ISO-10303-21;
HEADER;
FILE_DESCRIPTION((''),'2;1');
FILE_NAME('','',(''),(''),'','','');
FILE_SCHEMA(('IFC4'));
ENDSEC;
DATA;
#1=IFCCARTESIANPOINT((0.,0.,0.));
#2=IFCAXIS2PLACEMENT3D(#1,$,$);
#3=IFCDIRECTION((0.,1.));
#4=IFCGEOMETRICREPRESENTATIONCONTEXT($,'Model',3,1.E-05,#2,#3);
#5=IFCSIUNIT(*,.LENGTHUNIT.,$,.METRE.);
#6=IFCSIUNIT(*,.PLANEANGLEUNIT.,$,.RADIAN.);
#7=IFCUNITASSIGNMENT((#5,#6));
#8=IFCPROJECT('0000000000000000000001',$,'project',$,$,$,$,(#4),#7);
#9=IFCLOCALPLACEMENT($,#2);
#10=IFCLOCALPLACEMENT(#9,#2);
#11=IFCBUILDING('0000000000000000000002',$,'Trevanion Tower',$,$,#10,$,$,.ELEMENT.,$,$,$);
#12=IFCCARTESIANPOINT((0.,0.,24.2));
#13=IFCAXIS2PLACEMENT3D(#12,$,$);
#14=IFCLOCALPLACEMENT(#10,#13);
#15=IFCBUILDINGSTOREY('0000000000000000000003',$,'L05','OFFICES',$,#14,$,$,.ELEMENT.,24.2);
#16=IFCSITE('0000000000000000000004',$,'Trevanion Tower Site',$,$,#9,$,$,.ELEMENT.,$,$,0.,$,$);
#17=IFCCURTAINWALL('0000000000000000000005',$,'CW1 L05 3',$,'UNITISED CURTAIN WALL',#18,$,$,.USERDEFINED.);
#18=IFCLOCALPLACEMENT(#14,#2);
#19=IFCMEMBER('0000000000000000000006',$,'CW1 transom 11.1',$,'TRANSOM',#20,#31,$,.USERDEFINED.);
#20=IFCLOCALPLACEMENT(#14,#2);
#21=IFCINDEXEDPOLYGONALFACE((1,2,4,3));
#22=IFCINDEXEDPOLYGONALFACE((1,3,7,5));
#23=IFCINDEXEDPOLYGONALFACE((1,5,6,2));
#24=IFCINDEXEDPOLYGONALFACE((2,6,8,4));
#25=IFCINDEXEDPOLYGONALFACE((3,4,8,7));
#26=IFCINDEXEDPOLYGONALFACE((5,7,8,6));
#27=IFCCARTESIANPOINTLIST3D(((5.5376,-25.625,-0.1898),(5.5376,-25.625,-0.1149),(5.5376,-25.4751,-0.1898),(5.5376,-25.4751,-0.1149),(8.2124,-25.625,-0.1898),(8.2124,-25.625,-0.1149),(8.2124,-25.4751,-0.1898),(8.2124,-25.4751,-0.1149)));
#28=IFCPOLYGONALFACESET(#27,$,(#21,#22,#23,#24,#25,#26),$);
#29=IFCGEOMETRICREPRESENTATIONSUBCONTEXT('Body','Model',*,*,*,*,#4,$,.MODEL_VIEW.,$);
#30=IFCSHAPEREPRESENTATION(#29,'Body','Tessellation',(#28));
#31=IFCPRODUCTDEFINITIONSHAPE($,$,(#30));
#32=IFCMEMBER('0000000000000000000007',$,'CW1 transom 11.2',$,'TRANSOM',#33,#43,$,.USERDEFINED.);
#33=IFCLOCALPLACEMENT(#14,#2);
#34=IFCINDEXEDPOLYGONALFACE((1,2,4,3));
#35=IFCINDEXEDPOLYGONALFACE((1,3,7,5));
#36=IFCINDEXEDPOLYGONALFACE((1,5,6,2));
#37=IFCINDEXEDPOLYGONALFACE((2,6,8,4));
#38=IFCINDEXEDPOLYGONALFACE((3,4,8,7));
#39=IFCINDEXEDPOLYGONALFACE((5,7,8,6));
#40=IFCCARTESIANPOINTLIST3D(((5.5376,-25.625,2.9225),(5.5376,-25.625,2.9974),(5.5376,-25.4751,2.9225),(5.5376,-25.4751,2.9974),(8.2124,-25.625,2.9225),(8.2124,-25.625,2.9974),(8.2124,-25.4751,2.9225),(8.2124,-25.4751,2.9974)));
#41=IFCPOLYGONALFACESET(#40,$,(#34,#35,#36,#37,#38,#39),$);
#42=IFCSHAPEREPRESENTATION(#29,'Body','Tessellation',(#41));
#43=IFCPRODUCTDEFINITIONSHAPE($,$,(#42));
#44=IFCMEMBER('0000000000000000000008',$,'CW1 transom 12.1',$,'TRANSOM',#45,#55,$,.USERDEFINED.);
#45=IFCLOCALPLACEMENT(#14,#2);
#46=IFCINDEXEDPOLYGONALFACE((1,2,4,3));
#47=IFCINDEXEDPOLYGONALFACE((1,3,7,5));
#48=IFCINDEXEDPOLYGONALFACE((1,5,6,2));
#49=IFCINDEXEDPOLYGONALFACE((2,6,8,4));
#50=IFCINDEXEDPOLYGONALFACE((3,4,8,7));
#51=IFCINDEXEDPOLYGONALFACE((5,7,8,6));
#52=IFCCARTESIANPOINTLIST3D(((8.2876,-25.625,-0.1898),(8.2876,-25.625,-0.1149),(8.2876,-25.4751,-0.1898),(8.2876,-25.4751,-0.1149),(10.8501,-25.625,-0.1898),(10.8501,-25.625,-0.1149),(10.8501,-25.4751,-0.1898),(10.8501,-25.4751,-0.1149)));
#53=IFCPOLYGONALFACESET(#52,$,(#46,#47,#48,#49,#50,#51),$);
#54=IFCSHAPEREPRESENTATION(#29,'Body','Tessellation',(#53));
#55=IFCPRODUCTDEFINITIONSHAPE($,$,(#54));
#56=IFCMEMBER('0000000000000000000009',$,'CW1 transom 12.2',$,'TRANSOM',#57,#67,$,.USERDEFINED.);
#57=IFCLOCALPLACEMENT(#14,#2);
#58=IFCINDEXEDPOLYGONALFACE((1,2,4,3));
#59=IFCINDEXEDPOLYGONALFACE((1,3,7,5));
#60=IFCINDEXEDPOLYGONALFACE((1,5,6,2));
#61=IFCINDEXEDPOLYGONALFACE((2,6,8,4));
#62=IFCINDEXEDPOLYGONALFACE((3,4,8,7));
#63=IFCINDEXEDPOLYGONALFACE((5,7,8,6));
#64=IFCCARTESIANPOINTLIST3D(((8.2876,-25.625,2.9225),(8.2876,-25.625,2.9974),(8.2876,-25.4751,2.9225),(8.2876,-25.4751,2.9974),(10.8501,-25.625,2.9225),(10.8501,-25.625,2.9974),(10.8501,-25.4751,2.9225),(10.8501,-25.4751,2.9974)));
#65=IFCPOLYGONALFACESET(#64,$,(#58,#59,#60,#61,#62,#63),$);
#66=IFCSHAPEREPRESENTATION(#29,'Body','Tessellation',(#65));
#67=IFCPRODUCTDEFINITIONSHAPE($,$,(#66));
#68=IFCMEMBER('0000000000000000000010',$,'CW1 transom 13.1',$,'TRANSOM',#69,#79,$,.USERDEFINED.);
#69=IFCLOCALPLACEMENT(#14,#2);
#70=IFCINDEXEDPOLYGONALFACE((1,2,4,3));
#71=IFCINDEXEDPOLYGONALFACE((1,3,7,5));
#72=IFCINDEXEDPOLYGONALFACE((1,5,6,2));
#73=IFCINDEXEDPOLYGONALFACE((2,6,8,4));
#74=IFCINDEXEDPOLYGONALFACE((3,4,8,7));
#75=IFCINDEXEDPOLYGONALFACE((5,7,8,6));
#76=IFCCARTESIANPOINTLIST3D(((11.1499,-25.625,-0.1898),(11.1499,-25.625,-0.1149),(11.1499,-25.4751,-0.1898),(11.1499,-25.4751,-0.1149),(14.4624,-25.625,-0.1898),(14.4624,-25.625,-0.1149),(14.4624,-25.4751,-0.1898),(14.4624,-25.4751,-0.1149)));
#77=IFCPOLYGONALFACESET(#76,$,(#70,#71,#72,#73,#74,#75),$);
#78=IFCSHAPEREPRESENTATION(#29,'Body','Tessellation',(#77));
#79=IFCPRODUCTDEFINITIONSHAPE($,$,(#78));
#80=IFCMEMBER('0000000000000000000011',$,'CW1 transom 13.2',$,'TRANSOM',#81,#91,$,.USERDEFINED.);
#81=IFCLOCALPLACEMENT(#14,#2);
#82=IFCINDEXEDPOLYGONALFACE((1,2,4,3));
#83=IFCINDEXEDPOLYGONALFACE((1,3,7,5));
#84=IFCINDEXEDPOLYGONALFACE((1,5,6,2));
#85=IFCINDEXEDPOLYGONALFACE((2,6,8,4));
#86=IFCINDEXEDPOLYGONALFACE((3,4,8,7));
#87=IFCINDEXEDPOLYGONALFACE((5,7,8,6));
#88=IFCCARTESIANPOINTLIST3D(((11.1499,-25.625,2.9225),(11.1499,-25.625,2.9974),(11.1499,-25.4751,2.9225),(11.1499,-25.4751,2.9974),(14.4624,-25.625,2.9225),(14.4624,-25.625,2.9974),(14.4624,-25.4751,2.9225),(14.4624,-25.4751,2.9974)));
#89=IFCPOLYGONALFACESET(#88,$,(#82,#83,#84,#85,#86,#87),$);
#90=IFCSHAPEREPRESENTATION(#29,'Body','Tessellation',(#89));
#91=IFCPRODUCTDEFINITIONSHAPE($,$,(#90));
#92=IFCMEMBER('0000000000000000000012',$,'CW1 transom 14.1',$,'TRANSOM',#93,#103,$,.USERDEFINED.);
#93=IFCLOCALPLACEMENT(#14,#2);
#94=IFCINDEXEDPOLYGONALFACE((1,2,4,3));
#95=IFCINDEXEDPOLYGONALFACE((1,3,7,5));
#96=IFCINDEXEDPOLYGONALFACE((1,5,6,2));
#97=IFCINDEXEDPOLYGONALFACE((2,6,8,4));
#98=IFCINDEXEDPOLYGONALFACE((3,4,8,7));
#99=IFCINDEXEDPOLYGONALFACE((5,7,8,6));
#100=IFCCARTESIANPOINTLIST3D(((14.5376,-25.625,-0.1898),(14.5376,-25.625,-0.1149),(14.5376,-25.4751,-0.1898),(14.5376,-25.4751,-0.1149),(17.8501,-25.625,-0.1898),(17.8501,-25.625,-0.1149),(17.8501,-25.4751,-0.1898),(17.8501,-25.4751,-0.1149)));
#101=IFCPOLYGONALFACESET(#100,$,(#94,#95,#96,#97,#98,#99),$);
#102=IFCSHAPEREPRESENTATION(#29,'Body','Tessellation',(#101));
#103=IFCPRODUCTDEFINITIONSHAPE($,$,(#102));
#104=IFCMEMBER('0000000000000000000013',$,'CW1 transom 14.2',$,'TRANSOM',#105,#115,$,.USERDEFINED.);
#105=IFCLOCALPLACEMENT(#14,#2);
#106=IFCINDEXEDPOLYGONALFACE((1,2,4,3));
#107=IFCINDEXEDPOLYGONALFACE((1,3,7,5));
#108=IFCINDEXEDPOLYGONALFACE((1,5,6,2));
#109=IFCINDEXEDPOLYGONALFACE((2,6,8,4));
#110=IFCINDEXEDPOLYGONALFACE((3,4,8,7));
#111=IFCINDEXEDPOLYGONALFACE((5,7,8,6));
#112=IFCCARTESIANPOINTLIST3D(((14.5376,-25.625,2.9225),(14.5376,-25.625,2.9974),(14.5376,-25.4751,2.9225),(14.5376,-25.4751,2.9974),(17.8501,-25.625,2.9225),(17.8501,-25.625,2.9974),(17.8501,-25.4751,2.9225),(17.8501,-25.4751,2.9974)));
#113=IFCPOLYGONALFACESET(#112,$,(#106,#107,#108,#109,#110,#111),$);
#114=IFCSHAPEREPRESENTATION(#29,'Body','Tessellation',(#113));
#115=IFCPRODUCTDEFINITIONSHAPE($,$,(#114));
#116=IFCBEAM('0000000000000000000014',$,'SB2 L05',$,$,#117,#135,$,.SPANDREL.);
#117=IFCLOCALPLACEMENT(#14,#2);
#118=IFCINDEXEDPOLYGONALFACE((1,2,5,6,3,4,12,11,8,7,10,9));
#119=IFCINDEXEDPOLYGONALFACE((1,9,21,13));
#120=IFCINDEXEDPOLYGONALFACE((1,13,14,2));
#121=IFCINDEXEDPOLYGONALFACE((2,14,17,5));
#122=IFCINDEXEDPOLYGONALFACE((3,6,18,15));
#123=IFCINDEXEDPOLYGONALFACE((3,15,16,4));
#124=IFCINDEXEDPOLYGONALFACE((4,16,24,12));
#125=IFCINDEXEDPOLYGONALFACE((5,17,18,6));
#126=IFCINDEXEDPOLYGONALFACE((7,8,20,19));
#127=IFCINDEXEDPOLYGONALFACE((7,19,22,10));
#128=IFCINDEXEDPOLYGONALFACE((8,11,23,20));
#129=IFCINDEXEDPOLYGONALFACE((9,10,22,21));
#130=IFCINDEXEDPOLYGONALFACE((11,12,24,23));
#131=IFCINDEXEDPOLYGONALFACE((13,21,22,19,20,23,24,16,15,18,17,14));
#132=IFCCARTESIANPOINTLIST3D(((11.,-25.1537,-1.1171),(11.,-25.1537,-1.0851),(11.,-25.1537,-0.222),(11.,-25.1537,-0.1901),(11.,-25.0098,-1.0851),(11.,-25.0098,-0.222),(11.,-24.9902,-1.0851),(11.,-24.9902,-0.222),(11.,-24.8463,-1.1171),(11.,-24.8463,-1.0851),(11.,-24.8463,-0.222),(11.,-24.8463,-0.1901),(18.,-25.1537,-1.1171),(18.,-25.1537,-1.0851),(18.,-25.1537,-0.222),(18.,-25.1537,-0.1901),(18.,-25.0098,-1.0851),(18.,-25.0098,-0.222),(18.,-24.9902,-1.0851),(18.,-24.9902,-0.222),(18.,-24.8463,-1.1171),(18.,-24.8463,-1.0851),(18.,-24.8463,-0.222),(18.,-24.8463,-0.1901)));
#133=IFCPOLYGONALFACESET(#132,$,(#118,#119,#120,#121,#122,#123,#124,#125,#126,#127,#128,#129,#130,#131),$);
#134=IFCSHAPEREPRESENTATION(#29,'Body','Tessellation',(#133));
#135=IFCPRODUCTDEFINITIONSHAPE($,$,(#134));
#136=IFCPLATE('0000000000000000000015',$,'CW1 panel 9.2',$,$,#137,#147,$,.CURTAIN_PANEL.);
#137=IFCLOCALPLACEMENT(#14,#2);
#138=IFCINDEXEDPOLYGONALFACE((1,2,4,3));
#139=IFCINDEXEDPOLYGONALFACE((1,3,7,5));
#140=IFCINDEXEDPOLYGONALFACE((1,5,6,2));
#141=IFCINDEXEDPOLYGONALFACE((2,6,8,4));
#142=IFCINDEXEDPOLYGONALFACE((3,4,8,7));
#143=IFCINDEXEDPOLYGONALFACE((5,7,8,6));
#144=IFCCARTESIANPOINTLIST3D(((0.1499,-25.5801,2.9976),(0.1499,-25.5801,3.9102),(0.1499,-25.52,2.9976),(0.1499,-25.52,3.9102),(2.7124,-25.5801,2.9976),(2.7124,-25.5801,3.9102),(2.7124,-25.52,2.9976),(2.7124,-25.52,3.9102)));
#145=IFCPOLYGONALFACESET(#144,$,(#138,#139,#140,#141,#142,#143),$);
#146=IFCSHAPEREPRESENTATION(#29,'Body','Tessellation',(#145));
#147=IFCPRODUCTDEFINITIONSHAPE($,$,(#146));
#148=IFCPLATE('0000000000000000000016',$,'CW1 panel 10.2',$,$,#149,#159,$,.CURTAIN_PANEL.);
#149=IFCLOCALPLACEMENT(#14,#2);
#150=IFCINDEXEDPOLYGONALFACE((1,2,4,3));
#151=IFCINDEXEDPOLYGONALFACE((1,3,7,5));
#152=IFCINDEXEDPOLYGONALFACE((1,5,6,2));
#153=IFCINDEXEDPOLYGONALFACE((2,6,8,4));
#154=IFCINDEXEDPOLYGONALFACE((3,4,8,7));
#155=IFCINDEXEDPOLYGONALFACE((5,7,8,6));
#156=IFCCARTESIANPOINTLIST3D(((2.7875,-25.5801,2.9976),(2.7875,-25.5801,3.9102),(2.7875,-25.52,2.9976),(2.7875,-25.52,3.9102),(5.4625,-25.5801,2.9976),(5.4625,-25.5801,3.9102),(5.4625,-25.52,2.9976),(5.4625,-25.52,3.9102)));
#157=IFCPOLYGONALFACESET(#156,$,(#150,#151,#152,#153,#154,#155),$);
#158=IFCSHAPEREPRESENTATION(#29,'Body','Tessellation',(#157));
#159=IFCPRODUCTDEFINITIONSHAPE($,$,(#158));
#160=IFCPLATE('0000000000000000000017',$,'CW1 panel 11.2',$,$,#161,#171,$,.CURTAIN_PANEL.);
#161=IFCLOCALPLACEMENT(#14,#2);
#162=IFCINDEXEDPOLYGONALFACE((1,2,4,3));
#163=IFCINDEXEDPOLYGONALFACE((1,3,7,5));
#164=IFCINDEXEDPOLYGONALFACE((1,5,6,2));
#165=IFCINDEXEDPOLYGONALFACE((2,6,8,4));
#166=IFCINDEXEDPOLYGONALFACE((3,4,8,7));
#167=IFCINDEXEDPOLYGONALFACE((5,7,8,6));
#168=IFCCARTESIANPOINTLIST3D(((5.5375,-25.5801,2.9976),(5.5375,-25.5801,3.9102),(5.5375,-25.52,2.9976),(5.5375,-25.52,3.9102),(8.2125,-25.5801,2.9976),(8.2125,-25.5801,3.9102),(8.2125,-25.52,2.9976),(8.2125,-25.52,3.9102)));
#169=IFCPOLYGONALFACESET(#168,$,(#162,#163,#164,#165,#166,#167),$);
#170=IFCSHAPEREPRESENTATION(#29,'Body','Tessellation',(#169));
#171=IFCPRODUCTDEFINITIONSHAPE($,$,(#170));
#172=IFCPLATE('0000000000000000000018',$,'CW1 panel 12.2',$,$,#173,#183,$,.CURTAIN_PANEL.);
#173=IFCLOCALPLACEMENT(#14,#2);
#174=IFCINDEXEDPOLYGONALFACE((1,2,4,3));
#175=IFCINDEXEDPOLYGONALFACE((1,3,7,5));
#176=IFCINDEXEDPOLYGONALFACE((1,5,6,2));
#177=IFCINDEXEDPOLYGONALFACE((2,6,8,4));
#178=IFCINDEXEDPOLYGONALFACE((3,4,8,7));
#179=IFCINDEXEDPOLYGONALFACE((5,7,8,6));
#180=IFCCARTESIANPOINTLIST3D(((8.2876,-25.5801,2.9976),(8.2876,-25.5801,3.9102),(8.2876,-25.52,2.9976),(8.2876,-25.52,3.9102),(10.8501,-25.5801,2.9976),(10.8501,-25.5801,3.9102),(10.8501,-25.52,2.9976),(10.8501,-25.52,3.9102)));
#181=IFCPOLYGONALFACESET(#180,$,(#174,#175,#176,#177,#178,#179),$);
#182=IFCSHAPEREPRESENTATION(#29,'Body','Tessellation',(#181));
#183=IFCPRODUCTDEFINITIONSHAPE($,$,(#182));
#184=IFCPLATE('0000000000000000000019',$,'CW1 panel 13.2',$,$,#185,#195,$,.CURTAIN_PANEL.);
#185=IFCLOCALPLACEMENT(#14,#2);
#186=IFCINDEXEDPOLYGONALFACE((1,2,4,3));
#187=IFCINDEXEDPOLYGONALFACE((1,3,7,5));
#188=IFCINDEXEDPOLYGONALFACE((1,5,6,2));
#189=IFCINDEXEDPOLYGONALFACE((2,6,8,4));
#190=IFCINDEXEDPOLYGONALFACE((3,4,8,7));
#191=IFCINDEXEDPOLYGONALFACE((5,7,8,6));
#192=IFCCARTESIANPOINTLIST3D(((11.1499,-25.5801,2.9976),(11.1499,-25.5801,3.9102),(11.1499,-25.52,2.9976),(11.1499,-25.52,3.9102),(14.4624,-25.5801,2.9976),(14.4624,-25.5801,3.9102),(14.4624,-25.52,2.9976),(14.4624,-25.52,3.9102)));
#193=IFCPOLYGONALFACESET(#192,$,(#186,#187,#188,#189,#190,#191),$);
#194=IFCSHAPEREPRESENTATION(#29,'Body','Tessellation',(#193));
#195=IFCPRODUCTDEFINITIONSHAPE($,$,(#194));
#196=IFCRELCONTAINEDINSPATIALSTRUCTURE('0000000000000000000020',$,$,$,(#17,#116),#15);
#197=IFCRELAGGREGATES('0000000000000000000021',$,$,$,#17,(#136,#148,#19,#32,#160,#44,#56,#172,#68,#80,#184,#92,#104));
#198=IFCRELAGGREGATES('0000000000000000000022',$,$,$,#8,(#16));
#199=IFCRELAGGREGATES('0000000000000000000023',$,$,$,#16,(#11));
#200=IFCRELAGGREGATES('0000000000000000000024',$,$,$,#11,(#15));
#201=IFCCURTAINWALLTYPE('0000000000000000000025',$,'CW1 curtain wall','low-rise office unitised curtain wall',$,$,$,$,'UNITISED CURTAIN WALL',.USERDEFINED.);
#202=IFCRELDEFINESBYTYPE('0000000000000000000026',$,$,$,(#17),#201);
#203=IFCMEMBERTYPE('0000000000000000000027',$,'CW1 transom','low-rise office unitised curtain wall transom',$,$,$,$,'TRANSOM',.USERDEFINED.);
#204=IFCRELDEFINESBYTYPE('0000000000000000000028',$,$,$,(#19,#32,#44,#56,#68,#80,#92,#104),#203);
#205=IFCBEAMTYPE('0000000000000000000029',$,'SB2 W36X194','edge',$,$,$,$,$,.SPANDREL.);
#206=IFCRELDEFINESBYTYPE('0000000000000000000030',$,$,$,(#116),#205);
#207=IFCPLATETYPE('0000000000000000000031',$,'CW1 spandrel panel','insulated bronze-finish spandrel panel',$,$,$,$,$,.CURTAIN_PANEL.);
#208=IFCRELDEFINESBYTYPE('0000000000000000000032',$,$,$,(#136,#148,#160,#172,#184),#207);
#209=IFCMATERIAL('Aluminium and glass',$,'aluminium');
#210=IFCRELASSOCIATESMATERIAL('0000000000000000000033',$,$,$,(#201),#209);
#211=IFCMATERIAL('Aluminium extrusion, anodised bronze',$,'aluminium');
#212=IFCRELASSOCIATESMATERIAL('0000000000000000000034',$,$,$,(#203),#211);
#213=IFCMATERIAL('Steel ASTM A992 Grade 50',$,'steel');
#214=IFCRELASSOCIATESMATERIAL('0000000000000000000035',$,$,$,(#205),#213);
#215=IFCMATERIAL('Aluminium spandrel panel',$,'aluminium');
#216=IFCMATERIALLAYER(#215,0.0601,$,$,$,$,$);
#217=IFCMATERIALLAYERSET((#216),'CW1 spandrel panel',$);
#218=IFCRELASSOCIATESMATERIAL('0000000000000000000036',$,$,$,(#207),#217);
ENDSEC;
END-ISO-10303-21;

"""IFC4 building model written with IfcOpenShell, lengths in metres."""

from ifc_helpers import new_model, si_unit, direction, frame, origin, origin_2d, place, context, subcontext, project, spatial, rectangle, i_section, extrude, material, layer, layer_set, material_profile, profile_set, type_object, element, aggregate, save


model = new_model("IFC4")

# Units and contexts
model_context = context("Model", 3, precision=1e-05, world=origin(), true_north=direction((0.0, 1.0)))
body_context = subcontext(model_context, "Body", "Model", "MODEL_VIEW")
ifc_project = project(units=[si_unit("LENGTHUNIT", "METRE"), si_unit("PLANEANGLEUNIT", "RADIAN")], contexts=[model_context])

# Site, building, storey
site_placement = place(None, origin())
site = spatial("IfcSite", under=ifc_project, at=site_placement, Name="Trevanion Tower Site", CompositionType="ELEMENT", RefElevation=0.0)
building_placement = place(site_placement, origin())
building = spatial("IfcBuilding", under=site, at=building_placement, Name="Trevanion Tower", CompositionType="ELEMENT")
storey_placement = place(building_placement, frame((0.0, 0.0, 24.2)))
storey = spatial("IfcBuildingStorey", under=building, at=storey_placement, Name="L05", Description="OFFICES", CompositionType="ELEMENT", Elevation=24.2)

# Curtain wall, members
ifc_material_1 = material(Name="Aluminium and glass", Category="aluminium")
curtain_wall_type = type_object("IfcCurtainWallType", Name="CW1 curtain wall", Description="low-rise office unitised curtain wall", ElementType="UNITISED CURTAIN WALL", PredefinedType="USERDEFINED", material=ifc_material_1)
curtain_wall_placement = place(storey_placement, origin())
curtain_wall = element("IfcCurtainWall", 1, at=curtain_wall_placement, inside=storey, type_object=curtain_wall_type, Name="CW1 L05 3", ObjectType="UNITISED CURTAIN WALL", PredefinedType="USERDEFINED")
ifc_material_2 = material(Name="Aluminium extrusion, anodised bronze", Category="aluminium")
ifc_material_profile_1 = material_profile(ifc_material_2, rectangle(XDim=0.1499, YDim=0.075, at=origin_2d()), Name="CW1 transom")
ifc_profile_set_1 = profile_set([ifc_material_profile_1], Name="Aluminium extrusion, anodised bronze")
member_type_1 = type_object("IfcMemberType", Name="CW1 transom", Description="low-rise office unitised curtain wall transom", ElementType="TRANSOM", PredefinedType="USERDEFINED", material=ifc_profile_set_1)
member_1_placement = place(storey_placement, frame((5.5376, -25.55, -0.1523), z_axis=(1.0, 0.0, 0.0), x_axis=(0.0, 1.0, 0.0)))
member_1 = element("IfcMember", 2, at=member_1_placement, type_object=member_type_1, Name="CW1 transom 11.1", ObjectType="TRANSOM", PredefinedType="USERDEFINED", context=body_context, shape_type="SweptSolid", body=[
    extrude(rectangle(XDim=0.1499, YDim=0.075, at=origin_2d()), origin(), (0.0, 0.0, 1.0), 2.6748),
])
member_2_placement = place(storey_placement, frame((5.5376, -25.55, 2.96), z_axis=(1.0, 0.0, 0.0), x_axis=(0.0, 1.0, 0.0)))
member_2 = element("IfcMember", 3, at=member_2_placement, type_object=member_type_1, Name="CW1 transom 11.2", ObjectType="TRANSOM", PredefinedType="USERDEFINED", context=body_context, shape_type="SweptSolid", body=[
    extrude(rectangle(XDim=0.1499, YDim=0.075, at=origin_2d()), origin(), (0.0, 0.0, 1.0), 2.6748),
])
member_3_placement = place(storey_placement, frame((8.2876, -25.55, -0.1523), z_axis=(1.0, 0.0, 0.0), x_axis=(0.0, 1.0, 0.0)))
member_3 = element("IfcMember", 4, at=member_3_placement, type_object=member_type_1, Name="CW1 transom 12.1", ObjectType="TRANSOM", PredefinedType="USERDEFINED", context=body_context, shape_type="SweptSolid", body=[
    extrude(rectangle(XDim=0.1499, YDim=0.075, at=origin_2d()), origin(), (0.0, 0.0, 1.0), 2.5625),
])
member_4_placement = place(storey_placement, frame((8.2876, -25.55, 2.96), z_axis=(1.0, 0.0, 0.0), x_axis=(0.0, 1.0, 0.0)))
member_4 = element("IfcMember", 5, at=member_4_placement, type_object=member_type_1, Name="CW1 transom 12.2", ObjectType="TRANSOM", PredefinedType="USERDEFINED", context=body_context, shape_type="SweptSolid", body=[
    extrude(rectangle(XDim=0.1499, YDim=0.075, at=origin_2d()), origin(), (0.0, 0.0, 1.0), 2.5625),
])
member_5_placement = place(storey_placement, frame((11.1499, -25.55, -0.1523), z_axis=(1.0, 0.0, 0.0), x_axis=(0.0, 1.0, 0.0)))
member_5 = element("IfcMember", 6, at=member_5_placement, type_object=member_type_1, Name="CW1 transom 13.1", ObjectType="TRANSOM", PredefinedType="USERDEFINED", context=body_context, shape_type="SweptSolid", body=[
    extrude(rectangle(XDim=0.1499, YDim=0.075, at=origin_2d()), origin(), (0.0, 0.0, 1.0), 3.3125),
])
member_6_placement = place(storey_placement, frame((11.1499, -25.55, 2.96), z_axis=(1.0, 0.0, 0.0), x_axis=(0.0, 1.0, 0.0)))
member_6 = element("IfcMember", 7, at=member_6_placement, type_object=member_type_1, Name="CW1 transom 13.2", ObjectType="TRANSOM", PredefinedType="USERDEFINED", context=body_context, shape_type="SweptSolid", body=[
    extrude(rectangle(XDim=0.1499, YDim=0.075, at=origin_2d()), origin(), (0.0, 0.0, 1.0), 3.3125),
])
member_7_placement = place(storey_placement, frame((14.5376, -25.55, -0.1523), z_axis=(1.0, 0.0, 0.0), x_axis=(0.0, 1.0, 0.0)))
member_7 = element("IfcMember", 8, at=member_7_placement, type_object=member_type_1, Name="CW1 transom 14.1", ObjectType="TRANSOM", PredefinedType="USERDEFINED", context=body_context, shape_type="SweptSolid", body=[
    extrude(rectangle(XDim=0.1499, YDim=0.075, at=origin_2d()), origin(), (0.0, 0.0, 1.0), 3.3125),
])
member_8_placement = place(storey_placement, frame((14.5376, -25.55, 2.96), z_axis=(1.0, 0.0, 0.0), x_axis=(0.0, 1.0, 0.0)))
member_8 = element("IfcMember", 9, at=member_8_placement, type_object=member_type_1, Name="CW1 transom 14.2", ObjectType="TRANSOM", PredefinedType="USERDEFINED", context=body_context, shape_type="SweptSolid", body=[
    extrude(rectangle(XDim=0.1499, YDim=0.075, at=origin_2d()), origin(), (0.0, 0.0, 1.0), 3.3125),
])

# Beam
ifc_material_3 = material(Name="Steel ASTM A992 Grade 50", Category="steel")
ifc_material_profile_2 = material_profile(ifc_material_3, i_section(OverallWidth=0.3074, OverallDepth=0.927, WebThickness=0.0195, FlangeThickness=0.032, at=origin_2d()), Name="W36X194")
ifc_profile_set_2 = profile_set([ifc_material_profile_2], Name="Steel ASTM A992 Grade 50")
beam_type_1 = type_object("IfcBeamType", Name="SB2 W36X194", Description="edge", PredefinedType="SPANDREL", material=ifc_profile_set_2)
beam_placement = place(storey_placement, frame((11.0, -25.0, -0.6536), z_axis=(1.0, 0.0, 0.0), x_axis=(0.0, 1.0, 0.0)))
element("IfcBeam", 10, at=beam_placement, inside=storey, type_object=beam_type_1, Name="SB2 L05", PredefinedType="SPANDREL", context=body_context, shape_type="SweptSolid", body=[
    extrude(i_section(OverallWidth=0.3074, OverallDepth=0.927, WebThickness=0.0195, FlangeThickness=0.032, at=origin_2d()), origin(), (0.0, 0.0, 1.0), 7.0),
])

# Plates
ifc_material_4 = material(Name="Aluminium spandrel panel", Category="aluminium")
ifc_layer_1 = layer(ifc_material_4, 0.0601)
ifc_layer_set_1 = layer_set([ifc_layer_1], Name="CW1 spandrel panel")
plate_type_1 = type_object("IfcPlateType", Name="CW1 spandrel panel", Description="insulated bronze-finish spandrel panel", PredefinedType="CURTAIN_PANEL", material=ifc_layer_set_1)
plate_1_placement = place(storey_placement, frame((1.4312, -25.55, 2.9976), z_axis=(0.0, 0.0, 1.0), x_axis=(1.0, 0.0, 0.0)))
plate_1 = element("IfcPlate", 11, at=plate_1_placement, type_object=plate_type_1, Name="CW1 panel 9.2", PredefinedType="CURTAIN_PANEL", context=body_context, shape_type="SweptSolid", body=[
    extrude(rectangle(XDim=2.5625, YDim=0.0601, at=origin_2d()), origin(), (0.0, 0.0, 1.0), 0.9126),
])
plate_2_placement = place(storey_placement, frame((4.125, -25.55, 2.9976), z_axis=(0.0, 0.0, 1.0), x_axis=(1.0, 0.0, 0.0)))
plate_2 = element("IfcPlate", 12, at=plate_2_placement, type_object=plate_type_1, Name="CW1 panel 10.2", PredefinedType="CURTAIN_PANEL", context=body_context, shape_type="SweptSolid", body=[
    extrude(rectangle(XDim=2.675, YDim=0.0601, at=origin_2d()), origin(), (0.0, 0.0, 1.0), 0.9126),
])
plate_3_placement = place(storey_placement, frame((6.875, -25.55, 2.9976), z_axis=(0.0, 0.0, 1.0), x_axis=(1.0, 0.0, 0.0)))
plate_3 = element("IfcPlate", 13, at=plate_3_placement, type_object=plate_type_1, Name="CW1 panel 11.2", PredefinedType="CURTAIN_PANEL", context=body_context, shape_type="SweptSolid", body=[
    extrude(rectangle(XDim=2.675, YDim=0.0601, at=origin_2d()), origin(), (0.0, 0.0, 1.0), 0.9126),
])
plate_4_placement = place(storey_placement, frame((9.5688, -25.55, 2.9976), z_axis=(0.0, 0.0, 1.0), x_axis=(1.0, 0.0, 0.0)))
plate_4 = element("IfcPlate", 14, at=plate_4_placement, type_object=plate_type_1, Name="CW1 panel 12.2", PredefinedType="CURTAIN_PANEL", context=body_context, shape_type="SweptSolid", body=[
    extrude(rectangle(XDim=2.5625, YDim=0.0601, at=origin_2d()), origin(), (0.0, 0.0, 1.0), 0.9126),
])
plate_5_placement = place(storey_placement, frame((12.8062, -25.55, 2.9976), z_axis=(0.0, 0.0, 1.0), x_axis=(1.0, 0.0, 0.0)))
plate_5 = element("IfcPlate", 15, at=plate_5_placement, type_object=plate_type_1, Name="CW1 panel 13.2", PredefinedType="CURTAIN_PANEL", context=body_context, shape_type="SweptSolid", body=[
    extrude(rectangle(XDim=3.3125, YDim=0.0601, at=origin_2d()), origin(), (0.0, 0.0, 1.0), 0.9126),
])
aggregate(curtain_wall, [plate_1, plate_2, member_1, member_2, plate_3, member_3, member_4, plate_4, member_5, member_6, plate_5, member_7, member_8])

save(model, "model.ifc")
